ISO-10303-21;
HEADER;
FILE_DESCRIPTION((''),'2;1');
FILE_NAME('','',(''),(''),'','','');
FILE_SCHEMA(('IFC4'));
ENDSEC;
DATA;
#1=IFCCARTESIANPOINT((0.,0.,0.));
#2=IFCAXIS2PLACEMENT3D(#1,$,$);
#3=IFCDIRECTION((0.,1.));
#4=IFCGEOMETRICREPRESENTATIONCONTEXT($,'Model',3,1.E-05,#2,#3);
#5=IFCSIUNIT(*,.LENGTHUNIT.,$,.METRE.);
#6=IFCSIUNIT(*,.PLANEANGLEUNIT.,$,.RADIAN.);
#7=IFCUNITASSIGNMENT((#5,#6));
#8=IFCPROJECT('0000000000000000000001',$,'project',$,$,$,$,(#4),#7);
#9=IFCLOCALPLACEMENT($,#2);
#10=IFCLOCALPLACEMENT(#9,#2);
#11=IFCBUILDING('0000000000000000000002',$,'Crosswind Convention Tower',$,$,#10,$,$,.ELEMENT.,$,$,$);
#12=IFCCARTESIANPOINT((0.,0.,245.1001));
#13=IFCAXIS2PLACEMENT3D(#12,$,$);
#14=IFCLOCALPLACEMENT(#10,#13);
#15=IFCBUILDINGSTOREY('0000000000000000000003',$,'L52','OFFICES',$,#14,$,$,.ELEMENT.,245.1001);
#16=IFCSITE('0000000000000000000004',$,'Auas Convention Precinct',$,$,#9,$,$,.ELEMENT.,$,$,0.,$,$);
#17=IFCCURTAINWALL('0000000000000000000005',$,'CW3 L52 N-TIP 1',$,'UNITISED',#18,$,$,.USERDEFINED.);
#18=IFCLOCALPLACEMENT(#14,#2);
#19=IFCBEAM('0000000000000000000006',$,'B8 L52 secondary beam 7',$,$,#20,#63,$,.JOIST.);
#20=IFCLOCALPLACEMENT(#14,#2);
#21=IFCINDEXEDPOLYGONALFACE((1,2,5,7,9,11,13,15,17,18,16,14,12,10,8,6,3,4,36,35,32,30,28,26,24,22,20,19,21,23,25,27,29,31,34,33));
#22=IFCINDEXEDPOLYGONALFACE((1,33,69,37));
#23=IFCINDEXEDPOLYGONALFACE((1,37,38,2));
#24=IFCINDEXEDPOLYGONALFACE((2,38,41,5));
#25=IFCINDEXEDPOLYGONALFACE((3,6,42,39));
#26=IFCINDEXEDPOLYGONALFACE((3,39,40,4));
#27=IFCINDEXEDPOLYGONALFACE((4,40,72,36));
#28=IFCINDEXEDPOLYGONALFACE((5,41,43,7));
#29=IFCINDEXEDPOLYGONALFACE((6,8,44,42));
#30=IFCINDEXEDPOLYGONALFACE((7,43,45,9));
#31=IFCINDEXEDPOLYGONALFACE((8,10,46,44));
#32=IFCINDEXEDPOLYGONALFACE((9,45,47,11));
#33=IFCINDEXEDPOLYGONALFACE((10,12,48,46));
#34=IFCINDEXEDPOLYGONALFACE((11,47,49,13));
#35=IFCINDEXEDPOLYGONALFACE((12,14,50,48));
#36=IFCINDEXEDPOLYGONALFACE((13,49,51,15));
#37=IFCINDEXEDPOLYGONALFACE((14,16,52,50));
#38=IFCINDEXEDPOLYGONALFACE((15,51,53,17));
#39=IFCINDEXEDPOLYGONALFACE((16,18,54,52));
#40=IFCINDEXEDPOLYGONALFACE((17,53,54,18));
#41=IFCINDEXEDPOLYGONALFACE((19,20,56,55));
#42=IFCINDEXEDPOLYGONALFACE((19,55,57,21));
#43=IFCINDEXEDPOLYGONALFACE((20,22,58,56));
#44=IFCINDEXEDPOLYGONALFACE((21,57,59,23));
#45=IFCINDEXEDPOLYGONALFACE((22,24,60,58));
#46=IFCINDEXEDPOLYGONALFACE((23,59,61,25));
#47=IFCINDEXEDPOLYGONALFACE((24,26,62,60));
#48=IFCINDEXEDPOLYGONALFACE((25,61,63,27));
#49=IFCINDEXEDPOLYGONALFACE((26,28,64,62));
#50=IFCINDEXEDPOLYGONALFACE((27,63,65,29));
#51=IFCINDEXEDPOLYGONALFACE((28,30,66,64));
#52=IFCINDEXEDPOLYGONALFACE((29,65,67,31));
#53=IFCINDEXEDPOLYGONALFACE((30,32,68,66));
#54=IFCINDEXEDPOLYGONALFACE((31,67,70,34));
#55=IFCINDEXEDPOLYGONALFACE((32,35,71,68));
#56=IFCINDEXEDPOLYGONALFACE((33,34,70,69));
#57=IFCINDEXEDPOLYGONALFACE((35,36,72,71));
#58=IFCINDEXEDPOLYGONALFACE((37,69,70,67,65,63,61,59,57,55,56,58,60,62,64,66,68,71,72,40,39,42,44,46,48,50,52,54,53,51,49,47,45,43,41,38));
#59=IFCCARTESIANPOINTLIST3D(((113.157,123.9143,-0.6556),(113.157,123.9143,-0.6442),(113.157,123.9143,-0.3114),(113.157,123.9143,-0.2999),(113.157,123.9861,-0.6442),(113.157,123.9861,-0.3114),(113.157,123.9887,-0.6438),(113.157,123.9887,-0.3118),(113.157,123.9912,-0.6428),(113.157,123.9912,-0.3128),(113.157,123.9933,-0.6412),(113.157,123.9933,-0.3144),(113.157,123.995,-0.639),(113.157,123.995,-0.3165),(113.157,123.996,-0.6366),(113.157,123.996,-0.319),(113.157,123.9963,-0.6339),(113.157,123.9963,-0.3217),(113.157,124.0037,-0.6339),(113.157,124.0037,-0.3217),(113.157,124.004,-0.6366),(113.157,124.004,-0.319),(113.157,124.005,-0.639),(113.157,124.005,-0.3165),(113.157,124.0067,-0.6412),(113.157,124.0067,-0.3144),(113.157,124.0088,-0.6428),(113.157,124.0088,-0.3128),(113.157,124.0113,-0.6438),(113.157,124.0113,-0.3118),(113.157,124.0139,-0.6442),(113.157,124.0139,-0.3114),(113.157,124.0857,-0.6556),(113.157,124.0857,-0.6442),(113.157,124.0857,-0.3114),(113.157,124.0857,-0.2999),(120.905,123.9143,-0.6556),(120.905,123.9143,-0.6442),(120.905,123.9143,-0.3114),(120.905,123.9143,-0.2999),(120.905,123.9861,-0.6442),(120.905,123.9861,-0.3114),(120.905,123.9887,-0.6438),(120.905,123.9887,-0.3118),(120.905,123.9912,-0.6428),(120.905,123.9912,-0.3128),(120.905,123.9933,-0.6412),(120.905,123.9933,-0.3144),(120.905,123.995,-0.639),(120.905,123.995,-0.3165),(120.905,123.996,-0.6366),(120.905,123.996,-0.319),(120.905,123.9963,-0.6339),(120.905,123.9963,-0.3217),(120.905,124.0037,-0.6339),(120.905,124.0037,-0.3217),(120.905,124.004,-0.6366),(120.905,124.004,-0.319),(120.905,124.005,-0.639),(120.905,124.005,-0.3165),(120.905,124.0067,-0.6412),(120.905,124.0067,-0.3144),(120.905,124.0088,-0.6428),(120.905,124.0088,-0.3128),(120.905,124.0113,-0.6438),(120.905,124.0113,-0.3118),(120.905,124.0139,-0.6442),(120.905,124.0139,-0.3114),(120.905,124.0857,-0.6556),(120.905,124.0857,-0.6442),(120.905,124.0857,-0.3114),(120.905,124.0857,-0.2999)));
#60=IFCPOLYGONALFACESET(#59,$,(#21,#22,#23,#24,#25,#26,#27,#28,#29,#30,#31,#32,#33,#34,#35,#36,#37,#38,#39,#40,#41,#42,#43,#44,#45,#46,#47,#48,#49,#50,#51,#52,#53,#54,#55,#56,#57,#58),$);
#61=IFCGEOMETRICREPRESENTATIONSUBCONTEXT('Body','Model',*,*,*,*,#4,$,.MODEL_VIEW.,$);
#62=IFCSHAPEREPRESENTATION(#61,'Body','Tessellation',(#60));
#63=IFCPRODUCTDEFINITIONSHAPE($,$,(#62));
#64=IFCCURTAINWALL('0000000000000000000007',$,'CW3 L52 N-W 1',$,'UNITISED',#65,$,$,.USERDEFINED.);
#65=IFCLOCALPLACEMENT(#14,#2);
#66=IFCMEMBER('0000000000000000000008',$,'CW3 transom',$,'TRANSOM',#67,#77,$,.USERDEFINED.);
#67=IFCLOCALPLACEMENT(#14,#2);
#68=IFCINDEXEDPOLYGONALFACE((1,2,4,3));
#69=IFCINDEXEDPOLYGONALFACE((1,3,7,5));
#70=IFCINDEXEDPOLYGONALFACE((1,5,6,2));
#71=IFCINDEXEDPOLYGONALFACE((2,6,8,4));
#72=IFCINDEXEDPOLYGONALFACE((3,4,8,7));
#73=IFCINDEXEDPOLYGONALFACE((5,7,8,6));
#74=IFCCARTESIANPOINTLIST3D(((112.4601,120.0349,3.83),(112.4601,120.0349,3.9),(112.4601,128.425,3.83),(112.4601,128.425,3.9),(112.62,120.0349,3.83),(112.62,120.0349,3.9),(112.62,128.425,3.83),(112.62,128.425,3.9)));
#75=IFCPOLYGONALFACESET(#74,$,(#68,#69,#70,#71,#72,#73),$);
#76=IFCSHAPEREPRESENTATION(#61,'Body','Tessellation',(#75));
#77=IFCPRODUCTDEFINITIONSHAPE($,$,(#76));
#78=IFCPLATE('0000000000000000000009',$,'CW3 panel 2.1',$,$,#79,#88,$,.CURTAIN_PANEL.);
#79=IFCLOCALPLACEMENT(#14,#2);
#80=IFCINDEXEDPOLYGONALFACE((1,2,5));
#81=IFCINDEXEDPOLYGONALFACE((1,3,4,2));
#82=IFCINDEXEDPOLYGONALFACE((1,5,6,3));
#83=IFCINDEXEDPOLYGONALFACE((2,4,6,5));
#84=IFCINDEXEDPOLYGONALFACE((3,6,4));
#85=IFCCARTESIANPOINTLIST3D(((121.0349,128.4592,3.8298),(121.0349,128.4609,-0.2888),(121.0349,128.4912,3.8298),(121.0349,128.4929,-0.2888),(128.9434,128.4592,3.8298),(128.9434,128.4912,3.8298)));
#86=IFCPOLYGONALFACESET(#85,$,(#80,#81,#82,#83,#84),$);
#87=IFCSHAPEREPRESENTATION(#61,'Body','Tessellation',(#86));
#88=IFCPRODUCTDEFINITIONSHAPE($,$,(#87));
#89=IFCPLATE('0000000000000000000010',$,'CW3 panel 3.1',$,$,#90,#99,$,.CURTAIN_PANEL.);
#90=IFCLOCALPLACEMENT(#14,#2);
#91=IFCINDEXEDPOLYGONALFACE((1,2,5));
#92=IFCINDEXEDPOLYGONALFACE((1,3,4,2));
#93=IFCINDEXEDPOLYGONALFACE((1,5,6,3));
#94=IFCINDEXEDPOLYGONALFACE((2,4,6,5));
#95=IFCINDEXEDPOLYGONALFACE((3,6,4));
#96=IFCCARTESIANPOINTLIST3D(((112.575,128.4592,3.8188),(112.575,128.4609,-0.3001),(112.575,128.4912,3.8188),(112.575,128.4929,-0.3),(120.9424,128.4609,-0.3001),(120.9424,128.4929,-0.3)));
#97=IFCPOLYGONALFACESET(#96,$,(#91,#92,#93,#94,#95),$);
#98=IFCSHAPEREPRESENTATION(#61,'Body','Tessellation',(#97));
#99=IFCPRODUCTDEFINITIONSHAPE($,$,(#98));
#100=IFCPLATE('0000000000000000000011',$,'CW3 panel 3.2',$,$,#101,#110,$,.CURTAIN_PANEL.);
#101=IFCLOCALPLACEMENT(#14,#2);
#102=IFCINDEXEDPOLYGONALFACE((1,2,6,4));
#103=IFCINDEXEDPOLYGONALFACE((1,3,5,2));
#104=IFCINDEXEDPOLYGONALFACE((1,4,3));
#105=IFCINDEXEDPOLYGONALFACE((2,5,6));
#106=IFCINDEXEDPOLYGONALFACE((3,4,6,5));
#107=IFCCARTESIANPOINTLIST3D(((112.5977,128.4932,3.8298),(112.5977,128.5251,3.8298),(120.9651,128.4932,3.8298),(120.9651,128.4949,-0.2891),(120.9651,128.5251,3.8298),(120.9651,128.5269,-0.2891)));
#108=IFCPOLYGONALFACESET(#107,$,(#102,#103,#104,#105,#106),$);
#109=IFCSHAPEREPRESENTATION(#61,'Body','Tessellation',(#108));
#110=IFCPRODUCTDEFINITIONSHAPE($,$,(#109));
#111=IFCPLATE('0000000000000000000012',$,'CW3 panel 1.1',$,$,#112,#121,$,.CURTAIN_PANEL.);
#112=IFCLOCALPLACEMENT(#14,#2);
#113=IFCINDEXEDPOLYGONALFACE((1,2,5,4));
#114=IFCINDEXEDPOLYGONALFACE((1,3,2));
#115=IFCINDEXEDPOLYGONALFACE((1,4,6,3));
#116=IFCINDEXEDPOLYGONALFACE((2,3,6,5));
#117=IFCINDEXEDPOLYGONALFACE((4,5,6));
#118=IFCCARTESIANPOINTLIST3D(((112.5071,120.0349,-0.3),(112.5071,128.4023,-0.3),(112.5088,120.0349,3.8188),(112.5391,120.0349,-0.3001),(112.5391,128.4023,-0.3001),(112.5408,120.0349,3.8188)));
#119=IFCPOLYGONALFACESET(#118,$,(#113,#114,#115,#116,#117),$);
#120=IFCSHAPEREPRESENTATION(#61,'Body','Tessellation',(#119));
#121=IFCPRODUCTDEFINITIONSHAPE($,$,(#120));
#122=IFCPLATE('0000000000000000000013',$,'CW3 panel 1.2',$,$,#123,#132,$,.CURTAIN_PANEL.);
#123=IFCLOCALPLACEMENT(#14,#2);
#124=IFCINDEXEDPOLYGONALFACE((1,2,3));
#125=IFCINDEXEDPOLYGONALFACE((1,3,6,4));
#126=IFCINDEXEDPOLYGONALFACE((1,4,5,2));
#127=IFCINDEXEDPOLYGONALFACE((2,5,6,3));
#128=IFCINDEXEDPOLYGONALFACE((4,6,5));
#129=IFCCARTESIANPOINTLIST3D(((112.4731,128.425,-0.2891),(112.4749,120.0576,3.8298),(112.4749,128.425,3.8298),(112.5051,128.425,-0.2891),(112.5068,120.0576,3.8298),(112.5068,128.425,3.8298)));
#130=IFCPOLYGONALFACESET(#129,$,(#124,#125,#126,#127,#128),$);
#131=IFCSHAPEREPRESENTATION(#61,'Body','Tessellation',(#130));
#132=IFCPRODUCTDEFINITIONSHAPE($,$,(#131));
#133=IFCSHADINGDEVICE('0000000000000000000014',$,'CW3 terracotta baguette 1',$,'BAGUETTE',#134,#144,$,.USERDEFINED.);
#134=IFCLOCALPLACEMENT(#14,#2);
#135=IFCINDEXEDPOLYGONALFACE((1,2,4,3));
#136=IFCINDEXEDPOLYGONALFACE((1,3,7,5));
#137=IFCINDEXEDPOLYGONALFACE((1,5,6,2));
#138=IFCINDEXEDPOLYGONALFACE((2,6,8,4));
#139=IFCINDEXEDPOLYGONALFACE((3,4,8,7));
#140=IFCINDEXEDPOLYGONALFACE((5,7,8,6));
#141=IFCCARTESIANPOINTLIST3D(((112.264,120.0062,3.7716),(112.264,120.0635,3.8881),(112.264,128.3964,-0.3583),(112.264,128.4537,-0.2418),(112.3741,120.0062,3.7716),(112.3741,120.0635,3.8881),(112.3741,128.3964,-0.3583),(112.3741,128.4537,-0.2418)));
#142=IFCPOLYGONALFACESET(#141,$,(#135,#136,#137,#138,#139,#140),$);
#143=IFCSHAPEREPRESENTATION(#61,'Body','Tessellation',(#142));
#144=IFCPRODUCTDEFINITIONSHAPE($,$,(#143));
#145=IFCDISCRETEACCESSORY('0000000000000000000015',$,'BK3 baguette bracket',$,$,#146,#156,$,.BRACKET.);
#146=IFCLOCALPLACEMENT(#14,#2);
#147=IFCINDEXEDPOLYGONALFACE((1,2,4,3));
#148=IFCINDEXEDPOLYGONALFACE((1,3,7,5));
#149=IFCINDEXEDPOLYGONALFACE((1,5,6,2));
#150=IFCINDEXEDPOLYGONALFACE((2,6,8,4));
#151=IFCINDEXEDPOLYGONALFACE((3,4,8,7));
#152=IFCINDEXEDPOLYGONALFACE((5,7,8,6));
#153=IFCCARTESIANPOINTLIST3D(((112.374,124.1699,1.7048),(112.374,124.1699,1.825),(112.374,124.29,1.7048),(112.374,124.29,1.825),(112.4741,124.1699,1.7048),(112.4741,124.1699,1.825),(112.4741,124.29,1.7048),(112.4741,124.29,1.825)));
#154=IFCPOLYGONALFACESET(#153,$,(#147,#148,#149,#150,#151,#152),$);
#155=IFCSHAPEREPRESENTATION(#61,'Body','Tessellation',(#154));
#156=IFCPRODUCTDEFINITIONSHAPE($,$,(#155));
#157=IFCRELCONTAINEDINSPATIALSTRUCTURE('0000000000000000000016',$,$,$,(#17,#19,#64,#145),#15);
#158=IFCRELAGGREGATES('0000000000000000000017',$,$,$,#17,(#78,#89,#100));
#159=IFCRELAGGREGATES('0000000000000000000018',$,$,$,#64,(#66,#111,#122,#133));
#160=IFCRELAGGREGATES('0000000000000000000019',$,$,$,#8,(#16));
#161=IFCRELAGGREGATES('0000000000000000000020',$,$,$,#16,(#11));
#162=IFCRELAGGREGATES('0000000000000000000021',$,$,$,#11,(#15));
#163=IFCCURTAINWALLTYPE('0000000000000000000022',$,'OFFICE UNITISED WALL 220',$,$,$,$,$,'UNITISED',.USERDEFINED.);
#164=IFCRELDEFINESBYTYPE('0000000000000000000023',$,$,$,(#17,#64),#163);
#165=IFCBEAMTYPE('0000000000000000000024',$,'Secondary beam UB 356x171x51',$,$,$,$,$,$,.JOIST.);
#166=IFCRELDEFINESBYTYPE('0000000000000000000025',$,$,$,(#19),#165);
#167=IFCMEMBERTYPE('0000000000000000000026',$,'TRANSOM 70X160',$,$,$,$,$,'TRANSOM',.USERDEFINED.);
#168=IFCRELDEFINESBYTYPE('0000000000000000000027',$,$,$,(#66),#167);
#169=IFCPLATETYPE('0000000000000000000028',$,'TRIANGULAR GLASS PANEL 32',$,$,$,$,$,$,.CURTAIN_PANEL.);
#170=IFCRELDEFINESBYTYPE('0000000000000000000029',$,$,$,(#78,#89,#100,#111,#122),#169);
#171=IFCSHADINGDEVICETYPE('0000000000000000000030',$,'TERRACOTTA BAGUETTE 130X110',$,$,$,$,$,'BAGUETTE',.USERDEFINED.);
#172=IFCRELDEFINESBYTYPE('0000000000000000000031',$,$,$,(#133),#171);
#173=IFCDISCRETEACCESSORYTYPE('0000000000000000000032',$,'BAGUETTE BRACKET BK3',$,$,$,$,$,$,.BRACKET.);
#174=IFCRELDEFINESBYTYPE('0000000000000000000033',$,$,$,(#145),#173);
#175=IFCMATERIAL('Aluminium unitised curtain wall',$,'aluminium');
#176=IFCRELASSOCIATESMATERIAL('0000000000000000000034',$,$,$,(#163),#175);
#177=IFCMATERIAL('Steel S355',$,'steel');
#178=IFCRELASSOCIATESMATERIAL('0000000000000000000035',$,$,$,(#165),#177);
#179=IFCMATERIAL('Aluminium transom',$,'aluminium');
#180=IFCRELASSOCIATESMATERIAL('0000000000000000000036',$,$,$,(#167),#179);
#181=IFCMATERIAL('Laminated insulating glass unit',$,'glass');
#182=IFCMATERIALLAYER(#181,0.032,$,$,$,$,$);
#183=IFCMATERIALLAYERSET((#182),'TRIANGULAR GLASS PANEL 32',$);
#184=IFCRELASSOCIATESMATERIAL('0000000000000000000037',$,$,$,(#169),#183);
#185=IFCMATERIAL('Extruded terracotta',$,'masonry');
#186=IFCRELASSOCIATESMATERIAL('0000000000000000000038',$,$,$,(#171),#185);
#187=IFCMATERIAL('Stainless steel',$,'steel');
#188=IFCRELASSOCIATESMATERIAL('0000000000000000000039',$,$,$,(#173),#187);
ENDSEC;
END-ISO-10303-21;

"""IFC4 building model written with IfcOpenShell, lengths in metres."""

from ifc_helpers import new_model, si_unit, direction, frame, origin, origin_2d, place, context, subcontext, project, spatial, polyline, rectangle, i_section, outline, extrude, material, layer, layer_set, material_profile, profile_set, type_object, element, aggregate, save


model = new_model("IFC4")

# Units and contexts
model_context = context("Model", 3, precision=1e-05, world=origin(), true_north=direction((0.0, 1.0)))
body_context = subcontext(model_context, "Body", "Model", "MODEL_VIEW")
ifc_project = project(units=[si_unit("LENGTHUNIT", "METRE"), si_unit("PLANEANGLEUNIT", "RADIAN")], contexts=[model_context])

# Site, building, storey
site_placement = place(None, origin())
site = spatial("IfcSite", under=ifc_project, at=site_placement, Name="Auas Convention Precinct", CompositionType="ELEMENT", RefElevation=0.0)
building_placement = place(site_placement, origin())
building = spatial("IfcBuilding", under=site, at=building_placement, Name="Crosswind Convention Tower", CompositionType="ELEMENT")
storey_placement = place(building_placement, frame((0.0, 0.0, 245.1001)))
storey = spatial("IfcBuildingStorey", under=building, at=storey_placement, Name="L52", Description="OFFICES", CompositionType="ELEMENT", Elevation=245.1001)

# Shared definitions
ifc_material_1 = material(Name="Steel S355", Category="steel")

# Curtain wall
ifc_material_2 = material(Name="Aluminium unitised curtain wall", Category="aluminium")
curtain_wall_type = type_object("IfcCurtainWallType", Name="OFFICE UNITISED WALL 220", ElementType="UNITISED", PredefinedType="USERDEFINED", material=ifc_material_2)
curtain_wall_1_placement = place(storey_placement, origin())
curtain_wall_1 = element("IfcCurtainWall", 1, at=curtain_wall_1_placement, inside=storey, type_object=curtain_wall_type, Name="CW3 L52 N-TIP 1", ObjectType="UNITISED", PredefinedType="USERDEFINED")

# Beam
ifc_material_profile_1 = material_profile(ifc_material_1, i_section(OverallWidth=0.1714, OverallDepth=0.3557, WebThickness=0.0073, FlangeThickness=0.0115, FilletRadius=0.0103, at=origin_2d()), Name="UB 356x171x51")
ifc_profile_set_1 = profile_set([ifc_material_profile_1], Name="Steel S355")
beam_type_1 = type_object("IfcBeamType", Name="Secondary beam UB 356x171x51", PredefinedType="JOIST", material=ifc_profile_set_1)
beam_placement = place(storey_placement, frame((113.157, 124.0, -0.4778), z_axis=(1.0, 0.0, 0.0), x_axis=(0.0, 1.0, 0.0)))
element("IfcBeam", 2, at=beam_placement, inside=storey, type_object=beam_type_1, Name="B8 L52 secondary beam 7", PredefinedType="JOIST", context=body_context, shape_type="SweptSolid", body=[
    extrude(i_section(OverallWidth=0.1714, OverallDepth=0.3557, WebThickness=0.0073, FlangeThickness=0.0115, FilletRadius=0.0103, at=origin_2d()), origin(), (0.0, 0.0, 1.0), 7.748),
])

# Curtain wall, member
curtain_wall_2_placement = place(storey_placement, origin())
curtain_wall_2 = element("IfcCurtainWall", 3, at=curtain_wall_2_placement, inside=storey, type_object=curtain_wall_type, Name="CW3 L52 N-W 1", ObjectType="UNITISED", PredefinedType="USERDEFINED")
ifc_material_3 = material(Name="Aluminium transom", Category="aluminium")
ifc_material_profile_2 = material_profile(ifc_material_3, rectangle(XDim=0.1599, YDim=0.0701, at=origin_2d()), Name="AL 160X70")
ifc_profile_set_2 = profile_set([ifc_material_profile_2], Name="Aluminium transom")
member_type_1 = type_object("IfcMemberType", Name="TRANSOM 70X160", ElementType="TRANSOM", PredefinedType="USERDEFINED", material=ifc_profile_set_2)
member_1_placement = place(storey_placement, frame((112.54, 128.425, 3.865), z_axis=(0.0, -1.0, 0.0), x_axis=(1.0, 0.0, 0.0)))
member_1 = element("IfcMember", 4, at=member_1_placement, type_object=member_type_1, Name="CW3 transom", ObjectType="TRANSOM", PredefinedType="USERDEFINED", context=body_context, shape_type="SweptSolid", body=[
    extrude(rectangle(XDim=0.1599, YDim=0.0701, at=origin_2d()), origin(), (0.0, 0.0, 1.0), 8.3901),
])

# Plates
ifc_material_4 = material(Name="Laminated insulating glass unit", Category="glass")
ifc_layer = layer(ifc_material_4, 0.032)
ifc_layer_set = layer_set([ifc_layer], Name="TRIANGULAR GLASS PANEL 32")
plate_type = type_object("IfcPlateType", Name="TRIANGULAR GLASS PANEL 32", PredefinedType="CURTAIN_PANEL", material=ifc_layer_set)
plate_1_placement = place(storey_placement, frame((121.0349, 128.4912, 3.8298), z_axis=(0.0, 1.0, 0.000415), x_axis=(1.0, 0.0, 0.0)))
plate_1 = element("IfcPlate", 5, at=plate_1_placement, type_object=plate_type, Name="CW3 panel 2.1", PredefinedType="CURTAIN_PANEL", context=body_context, shape_type="SweptSolid", body=[
    extrude(outline(polyline([(0.0, 0.0), (7.9084, 0.0), (0.0, 4.1187), (0.0, 0.0)])), origin(), (0.0, 0.0, -1.0), 0.032),
])
plate_2_placement = place(storey_placement, frame((112.575, 128.4929, -0.3), z_axis=(0.0, 1.0, 0.000415), x_axis=(0.0, -0.000415, 1.0)))
plate_2 = element("IfcPlate", 6, at=plate_2_placement, type_object=plate_type, Name="CW3 panel 3.1", PredefinedType="CURTAIN_PANEL", context=body_context, shape_type="SweptSolid", body=[
    extrude(outline(polyline([(0.0, 0.0), (4.1189, 0.0), (0.0, 8.3674), (0.0, 0.0)])), origin(), (0.0, 0.0, -1.0), 0.032),
])
plate_3_placement = place(storey_placement, frame((120.9651, 128.5251, 3.8298), z_axis=(0.0, 1.0, 0.000415), x_axis=(0.0, 0.000415, -1.0)))
plate_3 = element("IfcPlate", 7, at=plate_3_placement, type_object=plate_type, Name="CW3 panel 3.2", PredefinedType="CURTAIN_PANEL", context=body_context, shape_type="SweptSolid", body=[
    extrude(outline(polyline([(0.0, 0.0), (4.1189, 0.0), (0.0, 8.3674), (0.0, 0.0)])), origin(), (0.0, 0.0, -1.0), 0.032),
])
aggregate(curtain_wall_1, [plate_1, plate_2, plate_3])
plate_4_placement = place(storey_placement, frame((112.5071, 120.0349, -0.3), z_axis=(-1.0, 0.0, 0.000415), x_axis=(0.000415, 0.0, 1.0)))
plate_4 = element("IfcPlate", 8, at=plate_4_placement, type_object=plate_type, Name="CW3 panel 1.1", PredefinedType="CURTAIN_PANEL", context=body_context, shape_type="SweptSolid", body=[
    extrude(outline(polyline([(0.0, 0.0), (4.1189, 0.0), (0.0, 8.3674), (0.0, 0.0)])), origin(), (0.0, 0.0, -1.0), 0.032),
])
plate_5_placement = place(storey_placement, frame((112.4749, 128.425, 3.8298), z_axis=(-1.0, 0.0, 0.000415), x_axis=(-0.000415, 0.0, -1.0)))
plate_5 = element("IfcPlate", 9, at=plate_5_placement, type_object=plate_type, Name="CW3 panel 1.2", PredefinedType="CURTAIN_PANEL", context=body_context, shape_type="SweptSolid", body=[
    extrude(outline(polyline([(0.0, 0.0), (4.1189, 0.0), (0.0, 8.3674), (0.0, 0.0)])), origin(), (0.0, 0.0, -1.0), 0.032),
])

# Shading device
ifc_material_5 = material(Name="Extruded terracotta", Category="masonry")
ifc_material_profile_3 = material_profile(ifc_material_5, rectangle(XDim=0.1101, YDim=0.1299, at=origin_2d()), Name="TC 110X130")
ifc_profile_set_3 = profile_set([ifc_material_profile_3], Name="Extruded terracotta")
shading_device_type = type_object("IfcShadingDeviceType", Name="TERRACOTTA BAGUETTE 130X110", ElementType="BAGUETTE", PredefinedType="USERDEFINED", material=ifc_profile_set_3)
shading_device_placement = place(storey_placement, frame((112.3191, 128.425, -0.3), z_axis=(0.0, -0.897198, 0.441628), x_axis=(1.0, 0.0, 0.0)))
shading_device = element("IfcShadingDevice", 10, at=shading_device_placement, type_object=shading_device_type, Name="CW3 terracotta baguette 1", ObjectType="BAGUETTE", PredefinedType="USERDEFINED", context=body_context, shape_type="SweptSolid", body=[
    extrude(rectangle(XDim=0.1101, YDim=0.1299, at=origin_2d()), origin(), (0.0, 0.0, 1.0), 9.3516),
])
aggregate(curtain_wall_2, [member_1, plate_4, plate_5, shading_device])

# Discrete accessory
ifc_material_6 = material(Name="Stainless steel", Category="steel")
discrete_accessory_type = type_object("IfcDiscreteAccessoryType", Name="BAGUETTE BRACKET BK3", PredefinedType="BRACKET", material=ifc_material_6)
discrete_accessory_placement = place(storey_placement, frame((112.4241, 124.23, 1.7048), z_axis=(0.0, 0.0, 1.0), x_axis=(0.0, -1.0, 0.0)))
element("IfcDiscreteAccessory", 11, at=discrete_accessory_placement, inside=storey, type_object=discrete_accessory_type, Name="BK3 baguette bracket", PredefinedType="BRACKET", context=body_context, shape_type="SweptSolid", body=[
    extrude(rectangle(XDim=0.1201, YDim=0.1001, at=origin_2d()), origin(), (0.0, 0.0, 1.0), 0.1201),
])

save(model, "model.ifc")
